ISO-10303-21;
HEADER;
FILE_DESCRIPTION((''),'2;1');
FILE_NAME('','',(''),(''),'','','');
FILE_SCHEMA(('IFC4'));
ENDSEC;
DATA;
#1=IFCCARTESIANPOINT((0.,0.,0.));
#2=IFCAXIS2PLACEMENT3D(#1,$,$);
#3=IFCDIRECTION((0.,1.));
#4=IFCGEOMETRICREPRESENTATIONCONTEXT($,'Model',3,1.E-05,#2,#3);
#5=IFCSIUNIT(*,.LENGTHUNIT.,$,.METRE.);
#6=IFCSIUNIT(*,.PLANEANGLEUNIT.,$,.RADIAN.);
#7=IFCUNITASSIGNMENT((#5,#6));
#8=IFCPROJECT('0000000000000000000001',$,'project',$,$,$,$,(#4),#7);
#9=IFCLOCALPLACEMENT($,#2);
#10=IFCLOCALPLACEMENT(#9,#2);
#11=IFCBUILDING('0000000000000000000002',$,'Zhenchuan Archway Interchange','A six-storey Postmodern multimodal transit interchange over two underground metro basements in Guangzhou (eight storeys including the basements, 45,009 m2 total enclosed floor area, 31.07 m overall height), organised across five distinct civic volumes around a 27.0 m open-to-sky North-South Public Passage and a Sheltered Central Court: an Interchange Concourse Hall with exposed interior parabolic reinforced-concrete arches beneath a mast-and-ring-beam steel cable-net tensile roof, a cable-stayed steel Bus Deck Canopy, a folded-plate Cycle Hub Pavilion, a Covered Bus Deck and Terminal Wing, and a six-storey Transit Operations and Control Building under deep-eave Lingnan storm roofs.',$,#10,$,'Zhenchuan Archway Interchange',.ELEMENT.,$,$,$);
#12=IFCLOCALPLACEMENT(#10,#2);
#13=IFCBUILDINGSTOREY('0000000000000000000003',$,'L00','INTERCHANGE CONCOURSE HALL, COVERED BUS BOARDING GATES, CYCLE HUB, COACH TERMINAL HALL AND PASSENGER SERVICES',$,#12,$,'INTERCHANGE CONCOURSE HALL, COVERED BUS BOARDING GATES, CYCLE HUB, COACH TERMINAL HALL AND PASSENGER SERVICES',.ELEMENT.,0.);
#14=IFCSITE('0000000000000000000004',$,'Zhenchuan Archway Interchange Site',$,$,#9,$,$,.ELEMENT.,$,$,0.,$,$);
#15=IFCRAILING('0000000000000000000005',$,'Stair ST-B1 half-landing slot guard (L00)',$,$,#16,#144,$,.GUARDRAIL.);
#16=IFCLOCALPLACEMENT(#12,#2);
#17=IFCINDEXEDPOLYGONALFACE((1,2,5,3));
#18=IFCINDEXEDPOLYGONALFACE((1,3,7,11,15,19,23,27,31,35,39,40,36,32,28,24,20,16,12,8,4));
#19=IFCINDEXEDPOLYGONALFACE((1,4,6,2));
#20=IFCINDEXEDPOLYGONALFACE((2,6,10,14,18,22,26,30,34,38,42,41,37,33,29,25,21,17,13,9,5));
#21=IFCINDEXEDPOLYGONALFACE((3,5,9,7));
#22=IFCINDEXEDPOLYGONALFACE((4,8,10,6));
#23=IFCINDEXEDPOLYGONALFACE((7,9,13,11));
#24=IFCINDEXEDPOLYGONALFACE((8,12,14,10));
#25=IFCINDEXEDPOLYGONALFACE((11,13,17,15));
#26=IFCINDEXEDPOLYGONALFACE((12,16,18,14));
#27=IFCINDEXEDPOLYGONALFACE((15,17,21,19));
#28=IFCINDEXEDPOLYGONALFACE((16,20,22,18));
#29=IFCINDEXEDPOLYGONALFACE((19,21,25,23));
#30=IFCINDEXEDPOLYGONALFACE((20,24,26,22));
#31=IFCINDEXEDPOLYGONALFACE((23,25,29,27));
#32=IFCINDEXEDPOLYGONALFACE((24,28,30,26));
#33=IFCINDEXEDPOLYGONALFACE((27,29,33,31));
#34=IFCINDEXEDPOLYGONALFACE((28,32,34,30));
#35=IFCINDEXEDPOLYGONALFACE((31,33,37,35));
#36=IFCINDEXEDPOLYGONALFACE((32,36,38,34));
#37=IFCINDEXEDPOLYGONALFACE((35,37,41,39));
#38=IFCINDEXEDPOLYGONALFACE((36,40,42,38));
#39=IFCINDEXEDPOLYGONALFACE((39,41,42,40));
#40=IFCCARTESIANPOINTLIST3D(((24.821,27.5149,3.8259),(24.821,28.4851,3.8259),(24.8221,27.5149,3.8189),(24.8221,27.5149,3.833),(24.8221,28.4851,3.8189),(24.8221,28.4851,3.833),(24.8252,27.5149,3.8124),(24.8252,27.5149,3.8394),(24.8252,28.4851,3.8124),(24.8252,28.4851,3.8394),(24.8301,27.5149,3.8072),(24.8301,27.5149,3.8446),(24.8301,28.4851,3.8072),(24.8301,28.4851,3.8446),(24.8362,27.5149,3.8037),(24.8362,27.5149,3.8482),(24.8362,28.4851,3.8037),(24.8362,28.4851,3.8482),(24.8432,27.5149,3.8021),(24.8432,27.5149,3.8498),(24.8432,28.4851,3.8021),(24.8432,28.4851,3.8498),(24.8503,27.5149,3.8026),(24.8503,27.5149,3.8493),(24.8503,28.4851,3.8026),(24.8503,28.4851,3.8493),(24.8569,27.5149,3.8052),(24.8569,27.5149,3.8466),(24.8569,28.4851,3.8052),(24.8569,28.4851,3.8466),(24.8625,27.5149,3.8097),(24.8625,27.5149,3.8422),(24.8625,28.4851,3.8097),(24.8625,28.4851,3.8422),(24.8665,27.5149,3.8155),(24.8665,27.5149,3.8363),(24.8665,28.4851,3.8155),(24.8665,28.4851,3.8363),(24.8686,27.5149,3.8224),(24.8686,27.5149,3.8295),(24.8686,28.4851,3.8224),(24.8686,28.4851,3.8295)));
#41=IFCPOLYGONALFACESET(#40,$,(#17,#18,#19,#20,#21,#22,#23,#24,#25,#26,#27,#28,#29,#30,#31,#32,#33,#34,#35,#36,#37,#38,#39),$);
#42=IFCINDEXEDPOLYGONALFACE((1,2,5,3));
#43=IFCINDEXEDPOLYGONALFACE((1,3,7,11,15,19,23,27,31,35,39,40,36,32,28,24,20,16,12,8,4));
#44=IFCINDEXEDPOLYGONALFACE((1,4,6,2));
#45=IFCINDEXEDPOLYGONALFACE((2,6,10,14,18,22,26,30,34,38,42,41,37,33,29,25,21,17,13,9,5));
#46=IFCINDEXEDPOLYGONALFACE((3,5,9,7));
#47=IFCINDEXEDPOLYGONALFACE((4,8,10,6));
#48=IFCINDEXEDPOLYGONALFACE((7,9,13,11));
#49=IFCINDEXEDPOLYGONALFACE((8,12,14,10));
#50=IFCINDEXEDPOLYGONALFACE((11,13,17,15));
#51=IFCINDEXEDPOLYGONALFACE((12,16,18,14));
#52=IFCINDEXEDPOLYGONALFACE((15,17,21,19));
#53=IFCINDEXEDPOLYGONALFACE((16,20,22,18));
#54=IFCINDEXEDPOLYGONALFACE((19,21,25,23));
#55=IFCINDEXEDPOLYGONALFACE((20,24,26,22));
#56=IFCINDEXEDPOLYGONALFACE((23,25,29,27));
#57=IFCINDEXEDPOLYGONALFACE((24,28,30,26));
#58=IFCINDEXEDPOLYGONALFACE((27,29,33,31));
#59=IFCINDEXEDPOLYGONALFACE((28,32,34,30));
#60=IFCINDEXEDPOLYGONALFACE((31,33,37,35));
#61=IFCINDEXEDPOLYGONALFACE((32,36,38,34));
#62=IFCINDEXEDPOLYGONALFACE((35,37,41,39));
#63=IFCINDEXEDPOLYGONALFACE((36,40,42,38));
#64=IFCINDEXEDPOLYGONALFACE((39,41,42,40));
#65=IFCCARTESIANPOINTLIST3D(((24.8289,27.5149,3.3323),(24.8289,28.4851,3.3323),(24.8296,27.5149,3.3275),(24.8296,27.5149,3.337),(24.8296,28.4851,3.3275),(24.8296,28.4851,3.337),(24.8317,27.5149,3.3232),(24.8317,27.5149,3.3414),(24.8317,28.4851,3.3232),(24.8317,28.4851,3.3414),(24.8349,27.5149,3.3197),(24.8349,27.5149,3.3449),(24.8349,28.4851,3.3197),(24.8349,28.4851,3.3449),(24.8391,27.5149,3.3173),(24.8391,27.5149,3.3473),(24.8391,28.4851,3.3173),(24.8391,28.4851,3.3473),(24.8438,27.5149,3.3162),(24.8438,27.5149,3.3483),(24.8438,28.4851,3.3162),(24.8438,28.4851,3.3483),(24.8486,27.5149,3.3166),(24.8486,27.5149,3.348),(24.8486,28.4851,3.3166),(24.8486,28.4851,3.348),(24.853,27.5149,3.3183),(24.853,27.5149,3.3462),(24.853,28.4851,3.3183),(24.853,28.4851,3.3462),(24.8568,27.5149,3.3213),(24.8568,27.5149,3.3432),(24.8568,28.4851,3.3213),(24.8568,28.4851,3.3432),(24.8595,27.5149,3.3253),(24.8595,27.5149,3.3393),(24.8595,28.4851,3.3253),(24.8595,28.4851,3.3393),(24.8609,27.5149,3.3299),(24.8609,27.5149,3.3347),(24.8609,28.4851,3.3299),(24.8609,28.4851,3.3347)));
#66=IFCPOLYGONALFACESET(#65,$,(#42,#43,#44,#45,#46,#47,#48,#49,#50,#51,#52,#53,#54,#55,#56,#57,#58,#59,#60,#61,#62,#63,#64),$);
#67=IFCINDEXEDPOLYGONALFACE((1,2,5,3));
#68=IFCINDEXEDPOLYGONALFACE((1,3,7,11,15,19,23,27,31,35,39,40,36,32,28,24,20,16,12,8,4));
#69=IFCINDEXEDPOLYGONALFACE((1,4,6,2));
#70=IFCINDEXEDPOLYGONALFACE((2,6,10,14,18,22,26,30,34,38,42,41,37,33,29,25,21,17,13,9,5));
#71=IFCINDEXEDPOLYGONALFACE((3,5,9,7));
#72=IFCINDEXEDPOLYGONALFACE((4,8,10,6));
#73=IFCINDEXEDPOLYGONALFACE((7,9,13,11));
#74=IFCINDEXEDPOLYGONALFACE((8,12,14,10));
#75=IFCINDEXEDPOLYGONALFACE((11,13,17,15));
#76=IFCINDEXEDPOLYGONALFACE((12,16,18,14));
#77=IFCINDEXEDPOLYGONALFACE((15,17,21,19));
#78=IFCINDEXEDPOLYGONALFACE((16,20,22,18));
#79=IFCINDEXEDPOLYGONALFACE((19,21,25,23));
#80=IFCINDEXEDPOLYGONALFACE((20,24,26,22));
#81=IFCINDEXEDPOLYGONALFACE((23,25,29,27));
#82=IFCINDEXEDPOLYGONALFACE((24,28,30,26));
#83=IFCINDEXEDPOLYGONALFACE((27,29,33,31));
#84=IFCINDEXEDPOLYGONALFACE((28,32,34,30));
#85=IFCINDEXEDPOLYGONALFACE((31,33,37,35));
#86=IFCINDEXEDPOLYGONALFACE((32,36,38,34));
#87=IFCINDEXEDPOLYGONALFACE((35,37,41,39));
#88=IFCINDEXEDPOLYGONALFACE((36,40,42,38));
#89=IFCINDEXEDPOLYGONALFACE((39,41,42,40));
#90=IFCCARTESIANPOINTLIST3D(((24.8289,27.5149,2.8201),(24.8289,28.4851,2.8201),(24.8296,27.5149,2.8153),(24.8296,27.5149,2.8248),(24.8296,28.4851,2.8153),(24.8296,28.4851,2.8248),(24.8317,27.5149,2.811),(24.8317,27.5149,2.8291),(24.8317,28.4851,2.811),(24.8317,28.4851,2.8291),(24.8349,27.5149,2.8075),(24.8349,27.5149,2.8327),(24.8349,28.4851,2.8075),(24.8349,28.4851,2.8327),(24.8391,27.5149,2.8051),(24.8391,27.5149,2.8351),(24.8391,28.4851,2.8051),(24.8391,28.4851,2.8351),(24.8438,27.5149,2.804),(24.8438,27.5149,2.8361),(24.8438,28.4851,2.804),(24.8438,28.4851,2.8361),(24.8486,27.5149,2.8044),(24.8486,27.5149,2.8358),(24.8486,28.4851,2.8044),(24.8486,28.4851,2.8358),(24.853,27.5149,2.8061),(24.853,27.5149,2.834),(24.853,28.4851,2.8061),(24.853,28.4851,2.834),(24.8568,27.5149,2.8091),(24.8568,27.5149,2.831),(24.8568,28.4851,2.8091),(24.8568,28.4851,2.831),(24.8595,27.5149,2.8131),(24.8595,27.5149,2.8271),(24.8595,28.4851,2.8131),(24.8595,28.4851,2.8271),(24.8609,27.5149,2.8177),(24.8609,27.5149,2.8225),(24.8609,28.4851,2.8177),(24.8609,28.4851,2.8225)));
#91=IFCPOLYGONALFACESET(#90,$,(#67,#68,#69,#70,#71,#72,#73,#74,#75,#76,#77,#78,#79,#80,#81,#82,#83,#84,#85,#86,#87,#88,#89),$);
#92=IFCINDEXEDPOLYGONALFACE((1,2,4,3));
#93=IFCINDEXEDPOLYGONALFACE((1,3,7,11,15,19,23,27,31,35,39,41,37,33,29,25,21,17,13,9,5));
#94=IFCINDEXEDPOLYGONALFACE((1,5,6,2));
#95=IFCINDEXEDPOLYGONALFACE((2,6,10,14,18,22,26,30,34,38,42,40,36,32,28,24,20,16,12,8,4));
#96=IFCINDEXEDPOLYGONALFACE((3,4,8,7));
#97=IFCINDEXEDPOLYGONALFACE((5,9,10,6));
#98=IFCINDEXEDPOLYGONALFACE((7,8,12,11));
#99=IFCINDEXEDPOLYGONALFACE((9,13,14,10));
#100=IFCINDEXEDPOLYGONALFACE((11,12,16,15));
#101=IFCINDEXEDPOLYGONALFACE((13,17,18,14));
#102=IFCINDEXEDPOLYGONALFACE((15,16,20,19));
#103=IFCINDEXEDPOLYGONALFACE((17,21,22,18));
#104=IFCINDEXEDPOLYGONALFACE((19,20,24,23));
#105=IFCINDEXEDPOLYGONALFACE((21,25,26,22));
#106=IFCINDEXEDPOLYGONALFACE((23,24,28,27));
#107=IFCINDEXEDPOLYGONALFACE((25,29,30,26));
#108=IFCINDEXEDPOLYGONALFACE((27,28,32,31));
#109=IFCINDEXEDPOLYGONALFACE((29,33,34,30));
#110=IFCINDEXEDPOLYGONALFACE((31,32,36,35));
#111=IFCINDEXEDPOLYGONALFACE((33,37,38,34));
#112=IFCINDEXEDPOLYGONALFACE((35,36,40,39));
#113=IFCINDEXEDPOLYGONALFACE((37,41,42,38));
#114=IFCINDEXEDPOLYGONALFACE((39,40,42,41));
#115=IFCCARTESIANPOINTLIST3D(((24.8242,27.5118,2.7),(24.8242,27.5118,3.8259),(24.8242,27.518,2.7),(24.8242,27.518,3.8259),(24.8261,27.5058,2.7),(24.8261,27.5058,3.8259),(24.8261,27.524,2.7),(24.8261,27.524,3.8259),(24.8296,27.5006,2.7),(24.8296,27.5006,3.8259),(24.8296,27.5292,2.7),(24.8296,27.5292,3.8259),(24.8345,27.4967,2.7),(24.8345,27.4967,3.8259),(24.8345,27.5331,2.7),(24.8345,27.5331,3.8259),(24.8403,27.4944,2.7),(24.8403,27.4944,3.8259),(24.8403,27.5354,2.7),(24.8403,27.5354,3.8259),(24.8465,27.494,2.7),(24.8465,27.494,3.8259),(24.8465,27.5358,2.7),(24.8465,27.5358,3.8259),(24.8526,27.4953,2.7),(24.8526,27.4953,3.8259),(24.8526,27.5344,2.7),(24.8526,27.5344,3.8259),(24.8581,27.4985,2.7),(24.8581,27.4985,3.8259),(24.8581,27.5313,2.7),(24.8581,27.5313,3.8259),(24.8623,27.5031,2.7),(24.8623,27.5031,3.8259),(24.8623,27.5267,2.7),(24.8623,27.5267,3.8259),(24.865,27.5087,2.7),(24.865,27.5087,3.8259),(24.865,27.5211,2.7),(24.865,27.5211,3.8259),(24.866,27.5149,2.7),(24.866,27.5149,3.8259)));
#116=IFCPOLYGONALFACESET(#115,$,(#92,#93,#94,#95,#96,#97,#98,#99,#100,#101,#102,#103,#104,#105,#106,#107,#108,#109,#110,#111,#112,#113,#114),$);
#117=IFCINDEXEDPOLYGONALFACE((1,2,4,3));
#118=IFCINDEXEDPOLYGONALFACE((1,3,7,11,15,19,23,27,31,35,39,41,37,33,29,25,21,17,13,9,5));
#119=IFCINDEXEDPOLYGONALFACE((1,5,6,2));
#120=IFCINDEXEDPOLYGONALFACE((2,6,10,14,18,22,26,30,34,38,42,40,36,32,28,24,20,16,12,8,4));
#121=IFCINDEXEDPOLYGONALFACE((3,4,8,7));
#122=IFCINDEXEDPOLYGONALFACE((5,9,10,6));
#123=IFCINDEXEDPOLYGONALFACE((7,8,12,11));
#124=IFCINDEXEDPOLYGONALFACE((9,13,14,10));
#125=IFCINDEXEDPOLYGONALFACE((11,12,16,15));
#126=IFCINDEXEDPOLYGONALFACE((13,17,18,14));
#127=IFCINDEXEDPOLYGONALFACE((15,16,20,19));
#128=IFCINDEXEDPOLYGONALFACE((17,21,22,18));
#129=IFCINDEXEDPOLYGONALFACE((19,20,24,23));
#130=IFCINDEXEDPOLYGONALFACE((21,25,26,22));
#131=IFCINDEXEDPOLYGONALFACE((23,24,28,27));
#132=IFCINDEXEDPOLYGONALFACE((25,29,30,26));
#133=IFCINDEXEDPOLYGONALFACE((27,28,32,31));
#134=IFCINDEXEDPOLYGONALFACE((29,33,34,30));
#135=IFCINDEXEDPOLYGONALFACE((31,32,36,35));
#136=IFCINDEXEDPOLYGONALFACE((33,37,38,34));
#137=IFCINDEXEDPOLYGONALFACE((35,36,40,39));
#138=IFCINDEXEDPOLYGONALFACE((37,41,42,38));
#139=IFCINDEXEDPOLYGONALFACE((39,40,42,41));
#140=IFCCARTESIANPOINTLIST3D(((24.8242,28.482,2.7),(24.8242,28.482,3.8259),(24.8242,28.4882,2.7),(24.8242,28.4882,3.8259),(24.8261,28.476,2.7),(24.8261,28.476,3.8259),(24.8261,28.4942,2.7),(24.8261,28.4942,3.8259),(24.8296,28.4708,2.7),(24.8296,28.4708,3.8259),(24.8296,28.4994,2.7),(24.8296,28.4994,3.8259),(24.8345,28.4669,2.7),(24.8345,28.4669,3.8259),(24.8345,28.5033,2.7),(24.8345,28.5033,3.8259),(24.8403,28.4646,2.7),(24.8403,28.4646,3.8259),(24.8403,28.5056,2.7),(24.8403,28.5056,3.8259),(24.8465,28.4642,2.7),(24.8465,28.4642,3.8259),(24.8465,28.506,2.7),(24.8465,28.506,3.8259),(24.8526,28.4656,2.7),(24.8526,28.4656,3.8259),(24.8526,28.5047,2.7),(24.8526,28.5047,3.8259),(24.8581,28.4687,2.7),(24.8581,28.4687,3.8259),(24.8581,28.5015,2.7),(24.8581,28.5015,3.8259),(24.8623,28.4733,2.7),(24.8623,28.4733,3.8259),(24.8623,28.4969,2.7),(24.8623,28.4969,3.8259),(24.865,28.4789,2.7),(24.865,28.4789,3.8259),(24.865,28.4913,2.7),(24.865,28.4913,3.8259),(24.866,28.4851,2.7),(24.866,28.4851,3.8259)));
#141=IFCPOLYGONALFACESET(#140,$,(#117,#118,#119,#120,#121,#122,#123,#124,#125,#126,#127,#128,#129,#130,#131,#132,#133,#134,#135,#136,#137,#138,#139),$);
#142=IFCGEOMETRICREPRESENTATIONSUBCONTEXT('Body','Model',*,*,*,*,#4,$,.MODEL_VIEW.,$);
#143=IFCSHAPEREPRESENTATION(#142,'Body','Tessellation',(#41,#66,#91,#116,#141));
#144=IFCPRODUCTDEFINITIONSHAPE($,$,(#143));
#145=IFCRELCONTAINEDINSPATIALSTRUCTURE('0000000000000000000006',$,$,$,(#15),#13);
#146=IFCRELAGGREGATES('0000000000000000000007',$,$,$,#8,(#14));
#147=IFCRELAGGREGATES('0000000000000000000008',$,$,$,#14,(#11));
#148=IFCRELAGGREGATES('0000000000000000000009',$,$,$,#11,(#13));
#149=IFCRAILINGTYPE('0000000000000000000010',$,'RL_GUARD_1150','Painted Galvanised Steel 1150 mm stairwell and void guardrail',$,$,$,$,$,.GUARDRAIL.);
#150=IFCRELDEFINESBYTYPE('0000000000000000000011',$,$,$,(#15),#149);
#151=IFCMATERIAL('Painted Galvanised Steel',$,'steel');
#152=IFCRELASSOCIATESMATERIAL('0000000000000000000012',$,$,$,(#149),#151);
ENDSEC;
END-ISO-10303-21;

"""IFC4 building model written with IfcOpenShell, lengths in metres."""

from ifc_helpers import new_model, si_unit, direction, frame, origin, origin_2d, place, context, subcontext, project, spatial, circle, extrude, material, type_object, element, save


model = new_model("IFC4")

# Units and contexts
model_context = context("Model", 3, precision=1e-05, world=origin(), true_north=direction((0.0, 1.0)))
body_context = subcontext(model_context, "Body", "Model", "MODEL_VIEW")
ifc_project = project(units=[si_unit("LENGTHUNIT", "METRE"), si_unit("PLANEANGLEUNIT", "RADIAN")], contexts=[model_context])

# Site, building, storey
site_placement = place(None, origin())
site = spatial("IfcSite", under=ifc_project, at=site_placement, Name="Zhenchuan Archway Interchange Site", CompositionType="ELEMENT", RefElevation=0.0)
building_placement = place(site_placement, origin())
building = spatial("IfcBuilding", under=site, at=building_placement, Name="Zhenchuan Archway Interchange", Description="A six-storey Postmodern multimodal transit interchange over two underground metro basements in Guangzhou (eight storeys including the basements, 45,009 m2 total enclosed floor area, 31.07 m overall height), organised across five distinct civic volumes around a 27.0 m open-to-sky North-South Public Passage and a Sheltered Central Court: an Interchange Concourse Hall with exposed interior parabolic reinforced-concrete arches beneath a mast-and-ring-beam steel cable-net tensile roof, a cable-stayed steel Bus Deck Canopy, a folded-plate Cycle Hub Pavilion, a Covered Bus Deck and Terminal Wing, and a six-storey Transit Operations and Control Building under deep-eave Lingnan storm roofs.", LongName="Zhenchuan Archway Interchange", CompositionType="ELEMENT")
storey_placement = place(building_placement, origin())
storey = spatial("IfcBuildingStorey", under=building, at=storey_placement, Name="L00", Description="INTERCHANGE CONCOURSE HALL, COVERED BUS BOARDING GATES, CYCLE HUB, COACH TERMINAL HALL AND PASSENGER SERVICES", LongName="INTERCHANGE CONCOURSE HALL, COVERED BUS BOARDING GATES, CYCLE HUB, COACH TERMINAL HALL AND PASSENGER SERVICES", CompositionType="ELEMENT", Elevation=0.0)

# Railing
ifc_material_1 = material(Name="Painted Galvanised Steel", Category="steel")
railing_type_1 = type_object("IfcRailingType", Name="RL_GUARD_1150", Description="Painted Galvanised Steel 1150 mm stairwell and void guardrail", PredefinedType="GUARDRAIL", material=ifc_material_1)
railing_placement = place(storey_placement, frame((24.845, 27.5149, 2.7)))
element("IfcRailing", 1, at=railing_placement, inside=storey, type_object=railing_type_1, Name="Stair ST-B1 half-landing slot guard (L00)", PredefinedType="GUARDRAIL", context=body_context, shape_type="SweptSolid", body=[
    extrude(circle(Radius=0.0239, at=origin_2d()), frame((0.0, 0.0, 1.126), z_axis=(0.0, 1.0, 0.0), x_axis=(-1.0, 0.0, 0.0)), (0.0, 0.0, 1.0), 0.9702),
    extrude(circle(Radius=0.0161, at=origin_2d()), frame((0.0, 0.0, 0.6323), z_axis=(0.0, 1.0, 0.0), x_axis=(-1.0, 0.0, 0.0)), (0.0, 0.0, 1.0), 0.9702),
    extrude(circle(Radius=0.0161, at=origin_2d()), frame((0.0, 0.0, 0.1201), z_axis=(0.0, 1.0, 0.0), x_axis=(-1.0, 0.0, 0.0)), (0.0, 0.0, 1.0), 0.9702),
    extrude(circle(Radius=0.021, at=origin_2d()), origin(), (0.0, 0.0, 1.0), 1.126),
    extrude(circle(Radius=0.021, at=origin_2d()), frame((0.0, 0.9702, 0.0)), (0.0, 0.0, 1.0), 1.126),
])

save(model, "model.ifc")
